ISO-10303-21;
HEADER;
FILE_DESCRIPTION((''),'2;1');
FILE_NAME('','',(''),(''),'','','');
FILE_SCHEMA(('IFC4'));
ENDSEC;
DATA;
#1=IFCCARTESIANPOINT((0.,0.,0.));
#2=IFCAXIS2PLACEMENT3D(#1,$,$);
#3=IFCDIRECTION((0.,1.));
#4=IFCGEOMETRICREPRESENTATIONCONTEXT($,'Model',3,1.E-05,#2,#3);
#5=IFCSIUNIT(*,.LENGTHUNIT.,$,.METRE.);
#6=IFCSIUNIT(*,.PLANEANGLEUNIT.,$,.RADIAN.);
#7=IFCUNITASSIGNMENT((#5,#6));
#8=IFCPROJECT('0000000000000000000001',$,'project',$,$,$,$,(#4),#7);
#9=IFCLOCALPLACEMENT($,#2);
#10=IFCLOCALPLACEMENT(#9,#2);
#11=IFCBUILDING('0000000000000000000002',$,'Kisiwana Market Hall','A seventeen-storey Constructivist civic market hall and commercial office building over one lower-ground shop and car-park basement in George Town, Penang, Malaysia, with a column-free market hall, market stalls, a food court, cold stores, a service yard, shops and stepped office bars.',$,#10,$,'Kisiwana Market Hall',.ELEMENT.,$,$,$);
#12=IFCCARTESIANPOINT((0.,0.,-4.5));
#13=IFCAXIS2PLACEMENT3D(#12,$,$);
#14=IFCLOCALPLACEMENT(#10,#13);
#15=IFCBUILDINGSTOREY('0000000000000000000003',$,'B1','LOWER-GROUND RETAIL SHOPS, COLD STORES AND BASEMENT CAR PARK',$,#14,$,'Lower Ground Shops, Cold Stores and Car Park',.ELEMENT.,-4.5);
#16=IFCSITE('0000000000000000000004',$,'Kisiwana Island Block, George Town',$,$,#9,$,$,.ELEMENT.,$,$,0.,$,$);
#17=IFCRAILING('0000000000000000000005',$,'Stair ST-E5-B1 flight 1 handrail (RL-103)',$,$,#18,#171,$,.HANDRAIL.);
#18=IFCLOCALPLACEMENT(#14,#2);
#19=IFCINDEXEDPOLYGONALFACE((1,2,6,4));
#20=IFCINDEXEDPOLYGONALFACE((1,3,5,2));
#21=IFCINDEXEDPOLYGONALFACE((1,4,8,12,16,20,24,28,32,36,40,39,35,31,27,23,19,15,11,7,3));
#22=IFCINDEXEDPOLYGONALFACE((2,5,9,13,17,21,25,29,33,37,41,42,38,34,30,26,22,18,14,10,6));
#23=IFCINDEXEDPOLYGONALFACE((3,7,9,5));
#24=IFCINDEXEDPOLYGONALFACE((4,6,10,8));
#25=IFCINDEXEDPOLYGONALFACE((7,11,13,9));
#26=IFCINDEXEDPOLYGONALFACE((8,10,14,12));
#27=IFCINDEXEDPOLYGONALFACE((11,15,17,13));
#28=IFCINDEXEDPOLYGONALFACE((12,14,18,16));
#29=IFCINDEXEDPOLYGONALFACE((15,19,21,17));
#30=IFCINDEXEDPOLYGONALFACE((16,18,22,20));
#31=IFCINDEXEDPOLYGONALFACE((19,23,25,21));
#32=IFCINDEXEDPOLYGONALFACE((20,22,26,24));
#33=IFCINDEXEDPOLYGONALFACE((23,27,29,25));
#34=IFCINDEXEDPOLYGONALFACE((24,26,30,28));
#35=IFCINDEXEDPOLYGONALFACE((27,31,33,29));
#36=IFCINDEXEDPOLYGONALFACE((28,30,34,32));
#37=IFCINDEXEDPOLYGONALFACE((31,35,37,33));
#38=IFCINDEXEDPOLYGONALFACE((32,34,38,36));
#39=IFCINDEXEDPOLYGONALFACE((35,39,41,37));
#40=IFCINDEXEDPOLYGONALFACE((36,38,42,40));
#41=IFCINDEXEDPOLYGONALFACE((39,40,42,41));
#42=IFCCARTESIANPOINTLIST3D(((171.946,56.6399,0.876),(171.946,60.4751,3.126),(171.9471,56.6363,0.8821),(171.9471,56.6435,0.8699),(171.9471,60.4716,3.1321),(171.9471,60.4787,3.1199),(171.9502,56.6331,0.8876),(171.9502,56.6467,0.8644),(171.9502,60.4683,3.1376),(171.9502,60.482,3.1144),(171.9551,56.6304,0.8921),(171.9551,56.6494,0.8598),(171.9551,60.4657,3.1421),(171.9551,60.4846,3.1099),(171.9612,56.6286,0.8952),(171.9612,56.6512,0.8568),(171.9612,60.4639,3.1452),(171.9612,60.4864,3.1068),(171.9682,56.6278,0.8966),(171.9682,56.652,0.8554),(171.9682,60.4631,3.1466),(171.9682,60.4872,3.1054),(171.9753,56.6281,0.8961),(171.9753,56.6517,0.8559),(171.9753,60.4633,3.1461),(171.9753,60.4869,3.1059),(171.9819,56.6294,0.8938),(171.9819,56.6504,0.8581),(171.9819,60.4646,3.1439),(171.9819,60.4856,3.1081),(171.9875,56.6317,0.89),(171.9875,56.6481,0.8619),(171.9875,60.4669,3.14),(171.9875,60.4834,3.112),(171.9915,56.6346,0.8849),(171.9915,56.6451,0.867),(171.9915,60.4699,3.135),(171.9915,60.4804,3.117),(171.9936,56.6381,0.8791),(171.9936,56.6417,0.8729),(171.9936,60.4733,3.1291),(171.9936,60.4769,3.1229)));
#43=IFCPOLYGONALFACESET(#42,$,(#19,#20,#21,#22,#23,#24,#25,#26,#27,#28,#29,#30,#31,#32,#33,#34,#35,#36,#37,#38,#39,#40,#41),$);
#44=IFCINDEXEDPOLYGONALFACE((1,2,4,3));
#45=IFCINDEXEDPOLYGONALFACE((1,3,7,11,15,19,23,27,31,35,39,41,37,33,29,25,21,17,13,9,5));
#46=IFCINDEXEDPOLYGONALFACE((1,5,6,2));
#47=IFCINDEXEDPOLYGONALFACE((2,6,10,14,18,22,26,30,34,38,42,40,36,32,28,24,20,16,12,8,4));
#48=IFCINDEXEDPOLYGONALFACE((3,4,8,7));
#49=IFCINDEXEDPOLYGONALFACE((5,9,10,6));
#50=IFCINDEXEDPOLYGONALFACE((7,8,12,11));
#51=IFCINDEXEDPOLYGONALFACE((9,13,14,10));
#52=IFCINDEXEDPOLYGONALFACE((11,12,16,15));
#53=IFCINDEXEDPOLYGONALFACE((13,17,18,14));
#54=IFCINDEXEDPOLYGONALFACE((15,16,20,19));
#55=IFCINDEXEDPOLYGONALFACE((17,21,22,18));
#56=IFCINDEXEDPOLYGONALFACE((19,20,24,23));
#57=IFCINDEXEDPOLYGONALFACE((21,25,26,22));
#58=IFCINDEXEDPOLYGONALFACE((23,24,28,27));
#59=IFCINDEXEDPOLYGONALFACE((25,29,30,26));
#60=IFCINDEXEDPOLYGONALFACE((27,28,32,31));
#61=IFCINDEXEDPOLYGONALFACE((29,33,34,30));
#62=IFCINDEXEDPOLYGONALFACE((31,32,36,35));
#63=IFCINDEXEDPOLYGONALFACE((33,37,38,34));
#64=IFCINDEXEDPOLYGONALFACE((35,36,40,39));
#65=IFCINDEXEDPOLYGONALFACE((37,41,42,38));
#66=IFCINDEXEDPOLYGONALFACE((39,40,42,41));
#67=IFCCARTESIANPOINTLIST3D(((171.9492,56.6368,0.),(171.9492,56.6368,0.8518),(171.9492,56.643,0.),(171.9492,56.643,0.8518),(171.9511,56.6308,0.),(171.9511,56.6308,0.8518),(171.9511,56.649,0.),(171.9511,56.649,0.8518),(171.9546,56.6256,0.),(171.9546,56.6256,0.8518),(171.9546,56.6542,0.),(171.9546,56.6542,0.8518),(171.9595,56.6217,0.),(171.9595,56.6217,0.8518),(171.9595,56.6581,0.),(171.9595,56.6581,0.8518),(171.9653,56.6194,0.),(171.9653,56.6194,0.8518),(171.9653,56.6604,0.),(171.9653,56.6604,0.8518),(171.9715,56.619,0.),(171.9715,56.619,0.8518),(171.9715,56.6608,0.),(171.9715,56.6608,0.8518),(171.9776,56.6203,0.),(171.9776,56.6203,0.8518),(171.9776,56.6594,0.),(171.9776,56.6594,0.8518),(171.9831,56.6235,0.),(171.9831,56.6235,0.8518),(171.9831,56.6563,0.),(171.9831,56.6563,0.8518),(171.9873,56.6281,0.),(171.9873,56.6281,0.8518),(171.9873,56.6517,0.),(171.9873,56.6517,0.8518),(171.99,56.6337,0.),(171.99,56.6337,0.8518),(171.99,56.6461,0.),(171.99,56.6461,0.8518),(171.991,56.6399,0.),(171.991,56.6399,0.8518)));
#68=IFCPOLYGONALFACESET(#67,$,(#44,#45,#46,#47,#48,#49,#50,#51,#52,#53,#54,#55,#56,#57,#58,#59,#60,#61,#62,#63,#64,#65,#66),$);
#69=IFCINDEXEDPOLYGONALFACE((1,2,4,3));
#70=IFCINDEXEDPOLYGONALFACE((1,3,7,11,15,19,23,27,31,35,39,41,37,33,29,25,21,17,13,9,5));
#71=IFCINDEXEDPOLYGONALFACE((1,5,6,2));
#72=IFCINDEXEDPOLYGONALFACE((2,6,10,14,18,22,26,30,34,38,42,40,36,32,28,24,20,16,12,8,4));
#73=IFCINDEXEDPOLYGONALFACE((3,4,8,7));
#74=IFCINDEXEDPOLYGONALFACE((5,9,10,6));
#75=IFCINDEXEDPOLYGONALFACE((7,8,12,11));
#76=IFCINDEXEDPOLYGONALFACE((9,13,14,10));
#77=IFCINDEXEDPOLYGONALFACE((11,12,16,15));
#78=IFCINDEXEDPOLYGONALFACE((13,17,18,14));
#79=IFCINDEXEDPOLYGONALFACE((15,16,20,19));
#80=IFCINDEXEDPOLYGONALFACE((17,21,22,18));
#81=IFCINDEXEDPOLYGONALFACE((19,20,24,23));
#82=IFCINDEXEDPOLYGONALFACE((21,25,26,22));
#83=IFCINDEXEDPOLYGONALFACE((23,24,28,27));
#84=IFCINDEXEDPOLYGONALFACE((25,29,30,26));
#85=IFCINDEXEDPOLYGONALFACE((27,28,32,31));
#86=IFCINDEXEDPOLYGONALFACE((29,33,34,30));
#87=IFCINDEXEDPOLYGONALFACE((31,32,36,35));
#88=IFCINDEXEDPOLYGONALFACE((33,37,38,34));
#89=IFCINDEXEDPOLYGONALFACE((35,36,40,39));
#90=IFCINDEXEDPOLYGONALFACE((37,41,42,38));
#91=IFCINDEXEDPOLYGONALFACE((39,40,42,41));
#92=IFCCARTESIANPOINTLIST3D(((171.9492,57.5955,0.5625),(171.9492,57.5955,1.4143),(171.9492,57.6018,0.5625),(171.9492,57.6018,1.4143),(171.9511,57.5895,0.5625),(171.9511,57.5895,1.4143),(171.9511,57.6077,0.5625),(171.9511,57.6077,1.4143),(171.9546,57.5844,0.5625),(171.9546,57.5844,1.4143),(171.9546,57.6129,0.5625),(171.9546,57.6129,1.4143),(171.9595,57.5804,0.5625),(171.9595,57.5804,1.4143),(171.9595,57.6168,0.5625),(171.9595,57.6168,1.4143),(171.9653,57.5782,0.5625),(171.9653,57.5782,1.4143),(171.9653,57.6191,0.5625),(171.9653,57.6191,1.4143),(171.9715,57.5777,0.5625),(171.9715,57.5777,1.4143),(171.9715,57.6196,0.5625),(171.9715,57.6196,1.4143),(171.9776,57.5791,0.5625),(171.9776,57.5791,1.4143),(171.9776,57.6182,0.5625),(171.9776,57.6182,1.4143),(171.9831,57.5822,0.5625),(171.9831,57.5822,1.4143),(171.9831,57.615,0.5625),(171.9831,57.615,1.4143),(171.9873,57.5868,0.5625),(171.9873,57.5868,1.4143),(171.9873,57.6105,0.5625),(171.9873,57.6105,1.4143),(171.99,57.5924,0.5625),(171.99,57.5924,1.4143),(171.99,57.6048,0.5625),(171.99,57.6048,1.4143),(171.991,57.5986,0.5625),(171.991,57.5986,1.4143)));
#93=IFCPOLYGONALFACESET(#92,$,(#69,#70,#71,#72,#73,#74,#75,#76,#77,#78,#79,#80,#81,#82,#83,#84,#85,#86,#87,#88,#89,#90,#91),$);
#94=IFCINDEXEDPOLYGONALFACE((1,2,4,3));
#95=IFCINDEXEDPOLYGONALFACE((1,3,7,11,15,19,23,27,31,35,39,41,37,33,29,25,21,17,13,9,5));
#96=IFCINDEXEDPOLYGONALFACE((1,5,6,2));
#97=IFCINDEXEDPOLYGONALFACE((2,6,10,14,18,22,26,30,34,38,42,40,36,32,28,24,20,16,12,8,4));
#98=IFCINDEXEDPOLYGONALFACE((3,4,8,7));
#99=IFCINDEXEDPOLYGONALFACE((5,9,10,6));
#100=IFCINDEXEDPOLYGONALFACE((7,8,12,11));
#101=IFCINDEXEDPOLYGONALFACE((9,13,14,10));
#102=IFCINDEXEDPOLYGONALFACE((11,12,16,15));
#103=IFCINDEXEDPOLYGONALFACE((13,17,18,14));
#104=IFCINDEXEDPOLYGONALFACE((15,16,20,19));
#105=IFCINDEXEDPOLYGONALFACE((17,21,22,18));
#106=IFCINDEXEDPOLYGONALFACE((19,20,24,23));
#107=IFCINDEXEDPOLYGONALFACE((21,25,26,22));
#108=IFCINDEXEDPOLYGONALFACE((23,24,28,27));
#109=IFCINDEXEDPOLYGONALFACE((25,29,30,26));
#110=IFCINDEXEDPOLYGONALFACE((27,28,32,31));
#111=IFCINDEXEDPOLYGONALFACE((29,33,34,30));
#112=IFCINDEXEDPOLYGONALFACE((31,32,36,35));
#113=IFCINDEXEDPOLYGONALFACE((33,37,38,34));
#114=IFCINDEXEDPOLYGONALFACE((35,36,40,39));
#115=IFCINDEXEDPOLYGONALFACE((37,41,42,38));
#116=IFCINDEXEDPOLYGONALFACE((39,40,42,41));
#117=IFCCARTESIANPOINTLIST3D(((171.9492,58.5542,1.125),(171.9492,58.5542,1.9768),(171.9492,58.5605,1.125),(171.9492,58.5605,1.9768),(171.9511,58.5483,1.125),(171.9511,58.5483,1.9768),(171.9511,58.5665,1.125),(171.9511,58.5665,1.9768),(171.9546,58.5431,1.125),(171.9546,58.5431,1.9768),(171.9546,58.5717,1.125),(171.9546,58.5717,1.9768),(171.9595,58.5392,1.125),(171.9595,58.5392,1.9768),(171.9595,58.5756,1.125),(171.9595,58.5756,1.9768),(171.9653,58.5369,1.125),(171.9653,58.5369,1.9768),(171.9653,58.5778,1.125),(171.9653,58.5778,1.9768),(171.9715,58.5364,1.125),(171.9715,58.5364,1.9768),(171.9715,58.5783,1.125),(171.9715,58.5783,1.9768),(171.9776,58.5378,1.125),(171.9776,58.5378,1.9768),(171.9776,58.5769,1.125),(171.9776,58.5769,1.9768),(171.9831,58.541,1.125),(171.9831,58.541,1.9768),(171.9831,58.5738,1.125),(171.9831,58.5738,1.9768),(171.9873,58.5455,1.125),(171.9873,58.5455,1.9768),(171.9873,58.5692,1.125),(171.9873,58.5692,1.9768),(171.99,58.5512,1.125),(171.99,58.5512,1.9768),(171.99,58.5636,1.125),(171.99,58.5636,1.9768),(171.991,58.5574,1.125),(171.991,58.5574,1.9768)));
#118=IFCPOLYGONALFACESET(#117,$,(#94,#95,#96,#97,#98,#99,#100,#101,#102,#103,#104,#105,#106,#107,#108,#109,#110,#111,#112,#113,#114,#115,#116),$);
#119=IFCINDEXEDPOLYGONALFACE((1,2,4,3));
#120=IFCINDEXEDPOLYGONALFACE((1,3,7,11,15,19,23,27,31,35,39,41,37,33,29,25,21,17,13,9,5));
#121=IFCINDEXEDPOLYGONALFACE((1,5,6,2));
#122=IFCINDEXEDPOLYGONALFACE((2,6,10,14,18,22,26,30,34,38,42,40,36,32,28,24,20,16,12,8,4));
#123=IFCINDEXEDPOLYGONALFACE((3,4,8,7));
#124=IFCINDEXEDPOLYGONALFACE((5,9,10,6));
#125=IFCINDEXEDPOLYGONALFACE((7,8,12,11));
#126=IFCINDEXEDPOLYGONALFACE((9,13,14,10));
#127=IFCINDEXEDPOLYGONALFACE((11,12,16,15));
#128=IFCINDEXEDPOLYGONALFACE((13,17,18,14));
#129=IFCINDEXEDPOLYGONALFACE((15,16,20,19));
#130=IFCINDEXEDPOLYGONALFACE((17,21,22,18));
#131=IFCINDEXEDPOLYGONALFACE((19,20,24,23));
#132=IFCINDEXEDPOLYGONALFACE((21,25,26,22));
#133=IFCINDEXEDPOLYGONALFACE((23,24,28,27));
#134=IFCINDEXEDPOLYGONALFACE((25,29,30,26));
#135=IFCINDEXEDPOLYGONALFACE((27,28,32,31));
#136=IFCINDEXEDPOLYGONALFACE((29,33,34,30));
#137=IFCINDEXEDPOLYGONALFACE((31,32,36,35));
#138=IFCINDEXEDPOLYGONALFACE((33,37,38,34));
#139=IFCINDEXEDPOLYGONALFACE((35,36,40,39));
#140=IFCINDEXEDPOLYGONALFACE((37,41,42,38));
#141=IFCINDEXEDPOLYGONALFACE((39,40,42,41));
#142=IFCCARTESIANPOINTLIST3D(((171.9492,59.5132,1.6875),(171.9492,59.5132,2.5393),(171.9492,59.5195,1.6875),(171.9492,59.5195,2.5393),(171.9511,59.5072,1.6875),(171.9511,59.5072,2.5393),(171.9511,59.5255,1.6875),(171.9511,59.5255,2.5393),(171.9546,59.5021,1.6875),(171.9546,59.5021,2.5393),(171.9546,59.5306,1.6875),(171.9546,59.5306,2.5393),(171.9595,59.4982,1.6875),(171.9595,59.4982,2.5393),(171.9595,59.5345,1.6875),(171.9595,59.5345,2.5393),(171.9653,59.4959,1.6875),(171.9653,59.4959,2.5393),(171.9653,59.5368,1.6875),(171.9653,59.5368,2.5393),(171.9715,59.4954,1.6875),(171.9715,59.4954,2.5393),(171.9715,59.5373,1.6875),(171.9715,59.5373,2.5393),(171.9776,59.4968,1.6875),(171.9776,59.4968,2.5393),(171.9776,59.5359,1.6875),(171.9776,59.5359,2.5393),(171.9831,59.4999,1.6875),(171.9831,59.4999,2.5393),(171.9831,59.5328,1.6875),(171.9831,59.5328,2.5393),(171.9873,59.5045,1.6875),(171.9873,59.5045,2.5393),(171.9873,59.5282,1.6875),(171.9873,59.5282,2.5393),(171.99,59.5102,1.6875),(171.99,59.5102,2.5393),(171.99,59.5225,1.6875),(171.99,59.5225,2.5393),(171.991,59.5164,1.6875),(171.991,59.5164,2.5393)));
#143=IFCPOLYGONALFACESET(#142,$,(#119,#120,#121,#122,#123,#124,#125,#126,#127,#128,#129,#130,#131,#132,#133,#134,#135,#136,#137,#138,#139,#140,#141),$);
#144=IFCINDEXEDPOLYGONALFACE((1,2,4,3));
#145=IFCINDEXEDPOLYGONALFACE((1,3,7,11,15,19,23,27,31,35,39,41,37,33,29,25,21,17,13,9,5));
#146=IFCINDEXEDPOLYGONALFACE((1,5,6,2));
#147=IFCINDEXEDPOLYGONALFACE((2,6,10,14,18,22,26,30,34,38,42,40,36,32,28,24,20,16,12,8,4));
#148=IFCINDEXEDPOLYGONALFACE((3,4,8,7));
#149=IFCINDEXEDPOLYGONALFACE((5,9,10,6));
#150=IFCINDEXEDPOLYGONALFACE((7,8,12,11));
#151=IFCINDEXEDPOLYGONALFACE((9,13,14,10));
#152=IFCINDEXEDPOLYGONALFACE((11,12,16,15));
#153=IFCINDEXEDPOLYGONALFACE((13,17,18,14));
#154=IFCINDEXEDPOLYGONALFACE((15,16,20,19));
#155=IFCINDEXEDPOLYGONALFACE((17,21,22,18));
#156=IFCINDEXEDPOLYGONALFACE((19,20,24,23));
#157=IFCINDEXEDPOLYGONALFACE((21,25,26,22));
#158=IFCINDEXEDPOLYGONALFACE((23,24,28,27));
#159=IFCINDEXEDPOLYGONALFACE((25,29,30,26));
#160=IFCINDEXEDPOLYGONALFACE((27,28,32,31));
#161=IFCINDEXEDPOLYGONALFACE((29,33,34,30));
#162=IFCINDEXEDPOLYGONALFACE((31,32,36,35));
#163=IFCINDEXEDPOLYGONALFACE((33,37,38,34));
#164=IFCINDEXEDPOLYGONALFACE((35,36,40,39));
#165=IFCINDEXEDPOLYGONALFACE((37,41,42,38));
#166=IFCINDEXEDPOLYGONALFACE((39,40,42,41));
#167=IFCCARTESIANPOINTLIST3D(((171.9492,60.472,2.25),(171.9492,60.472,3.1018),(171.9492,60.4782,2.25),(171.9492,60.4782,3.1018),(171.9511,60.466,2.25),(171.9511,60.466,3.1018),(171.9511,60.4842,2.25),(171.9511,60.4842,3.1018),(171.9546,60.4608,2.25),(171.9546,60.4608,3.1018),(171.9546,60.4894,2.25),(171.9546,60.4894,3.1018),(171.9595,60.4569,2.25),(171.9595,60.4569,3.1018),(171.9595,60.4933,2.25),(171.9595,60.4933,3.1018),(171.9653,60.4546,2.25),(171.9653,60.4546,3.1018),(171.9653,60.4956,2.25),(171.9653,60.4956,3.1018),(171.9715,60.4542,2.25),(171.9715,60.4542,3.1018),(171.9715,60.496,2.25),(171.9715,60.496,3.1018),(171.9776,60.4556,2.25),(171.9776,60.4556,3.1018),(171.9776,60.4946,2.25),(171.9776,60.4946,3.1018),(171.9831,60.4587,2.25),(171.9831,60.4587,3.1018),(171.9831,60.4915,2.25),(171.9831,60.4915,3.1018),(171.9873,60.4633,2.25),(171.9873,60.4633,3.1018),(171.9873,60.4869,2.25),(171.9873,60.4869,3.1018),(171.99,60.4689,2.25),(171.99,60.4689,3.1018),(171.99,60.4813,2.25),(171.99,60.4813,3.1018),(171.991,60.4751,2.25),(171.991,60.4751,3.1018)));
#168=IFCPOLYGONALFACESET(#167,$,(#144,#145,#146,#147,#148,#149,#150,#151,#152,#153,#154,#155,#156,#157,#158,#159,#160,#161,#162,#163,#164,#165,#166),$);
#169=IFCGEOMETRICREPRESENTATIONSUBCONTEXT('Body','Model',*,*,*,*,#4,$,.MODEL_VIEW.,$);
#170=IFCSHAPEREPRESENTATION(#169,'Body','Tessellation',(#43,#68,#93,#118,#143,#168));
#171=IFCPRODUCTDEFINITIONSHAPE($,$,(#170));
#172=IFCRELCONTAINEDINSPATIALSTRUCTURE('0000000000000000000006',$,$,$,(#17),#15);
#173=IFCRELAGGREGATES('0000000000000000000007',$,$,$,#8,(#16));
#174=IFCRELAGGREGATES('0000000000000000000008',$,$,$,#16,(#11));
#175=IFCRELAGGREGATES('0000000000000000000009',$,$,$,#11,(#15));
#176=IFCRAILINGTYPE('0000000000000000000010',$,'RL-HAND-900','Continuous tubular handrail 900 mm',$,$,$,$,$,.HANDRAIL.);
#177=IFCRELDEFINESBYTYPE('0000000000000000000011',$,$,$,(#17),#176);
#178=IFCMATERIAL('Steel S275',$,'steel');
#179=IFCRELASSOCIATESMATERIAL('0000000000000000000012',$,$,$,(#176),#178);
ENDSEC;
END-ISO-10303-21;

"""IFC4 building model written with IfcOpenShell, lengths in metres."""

from ifc_helpers import new_model, si_unit, direction, frame, origin, origin_2d, place, context, subcontext, project, spatial, circle, extrude, material, type_object, element, save


model = new_model("IFC4")

# Units and contexts
model_context = context("Model", 3, precision=1e-05, world=origin(), true_north=direction((0.0, 1.0)))
body_context = subcontext(model_context, "Body", "Model", "MODEL_VIEW")
ifc_project = project(units=[si_unit("LENGTHUNIT", "METRE"), si_unit("PLANEANGLEUNIT", "RADIAN")], contexts=[model_context])

# Site, building, storey
site_placement = place(None, origin())
site = spatial("IfcSite", under=ifc_project, at=site_placement, Name="Kisiwana Island Block, George Town", CompositionType="ELEMENT", RefElevation=0.0)
building_placement = place(site_placement, origin())
building = spatial("IfcBuilding", under=site, at=building_placement, Name="Kisiwana Market Hall", Description="A seventeen-storey Constructivist civic market hall and commercial office building over one lower-ground shop and car-park basement in George Town, Penang, Malaysia, with a column-free market hall, market stalls, a food court, cold stores, a service yard, shops and stepped office bars.", LongName="Kisiwana Market Hall", CompositionType="ELEMENT")
storey_placement = place(building_placement, frame((0.0, 0.0, -4.5)))
storey = spatial("IfcBuildingStorey", under=building, at=storey_placement, Name="B1", Description="LOWER-GROUND RETAIL SHOPS, COLD STORES AND BASEMENT CAR PARK", LongName="Lower Ground Shops, Cold Stores and Car Park", CompositionType="ELEMENT", Elevation=-4.5)

# Railing
ifc_material_1 = material(Name="Steel S275", Category="steel")
railing_type_1 = type_object("IfcRailingType", Name="RL-HAND-900", Description="Continuous tubular handrail 900 mm", PredefinedType="HANDRAIL", material=ifc_material_1)
for number, where, name in (
    (1, (171.97, 56.6399, 0.0), "Stair ST-E5-B1 flight 1 handrail (RL-103)"),
):
    element("IfcRailing", number, at=place(storey_placement, frame(where)), inside=storey, type_object=railing_type_1, Name=name, PredefinedType="HANDRAIL", context=body_context, shape_type="SweptSolid", body=[
        extrude(circle(Radius=0.0239, at=origin_2d()), frame((0.0, 0.0, 0.876), z_axis=(0.0, 0.862524, 0.506017), x_axis=(-1.0, 0.0, 0.0)), (0.0, 0.0, 1.0), 4.4465),
        extrude(circle(Radius=0.021, at=origin_2d()), origin(), (0.0, 0.0, 1.0), 0.8518),
        extrude(circle(Radius=0.021, at=origin_2d()), frame((0.0, 0.9587, 0.5625)), (0.0, 0.0, 1.0), 0.8518),
        extrude(circle(Radius=0.021, at=origin_2d()), frame((0.0, 1.9175, 1.125)), (0.0, 0.0, 1.0), 0.8518),
        extrude(circle(Radius=0.021, at=origin_2d()), frame((0.0, 2.8765, 1.6875)), (0.0, 0.0, 1.0), 0.8518),
        extrude(circle(Radius=0.021, at=origin_2d()), frame((0.0, 3.8352, 2.25)), (0.0, 0.0, 1.0), 0.8518),
    ])

save(model, "model.ifc")
